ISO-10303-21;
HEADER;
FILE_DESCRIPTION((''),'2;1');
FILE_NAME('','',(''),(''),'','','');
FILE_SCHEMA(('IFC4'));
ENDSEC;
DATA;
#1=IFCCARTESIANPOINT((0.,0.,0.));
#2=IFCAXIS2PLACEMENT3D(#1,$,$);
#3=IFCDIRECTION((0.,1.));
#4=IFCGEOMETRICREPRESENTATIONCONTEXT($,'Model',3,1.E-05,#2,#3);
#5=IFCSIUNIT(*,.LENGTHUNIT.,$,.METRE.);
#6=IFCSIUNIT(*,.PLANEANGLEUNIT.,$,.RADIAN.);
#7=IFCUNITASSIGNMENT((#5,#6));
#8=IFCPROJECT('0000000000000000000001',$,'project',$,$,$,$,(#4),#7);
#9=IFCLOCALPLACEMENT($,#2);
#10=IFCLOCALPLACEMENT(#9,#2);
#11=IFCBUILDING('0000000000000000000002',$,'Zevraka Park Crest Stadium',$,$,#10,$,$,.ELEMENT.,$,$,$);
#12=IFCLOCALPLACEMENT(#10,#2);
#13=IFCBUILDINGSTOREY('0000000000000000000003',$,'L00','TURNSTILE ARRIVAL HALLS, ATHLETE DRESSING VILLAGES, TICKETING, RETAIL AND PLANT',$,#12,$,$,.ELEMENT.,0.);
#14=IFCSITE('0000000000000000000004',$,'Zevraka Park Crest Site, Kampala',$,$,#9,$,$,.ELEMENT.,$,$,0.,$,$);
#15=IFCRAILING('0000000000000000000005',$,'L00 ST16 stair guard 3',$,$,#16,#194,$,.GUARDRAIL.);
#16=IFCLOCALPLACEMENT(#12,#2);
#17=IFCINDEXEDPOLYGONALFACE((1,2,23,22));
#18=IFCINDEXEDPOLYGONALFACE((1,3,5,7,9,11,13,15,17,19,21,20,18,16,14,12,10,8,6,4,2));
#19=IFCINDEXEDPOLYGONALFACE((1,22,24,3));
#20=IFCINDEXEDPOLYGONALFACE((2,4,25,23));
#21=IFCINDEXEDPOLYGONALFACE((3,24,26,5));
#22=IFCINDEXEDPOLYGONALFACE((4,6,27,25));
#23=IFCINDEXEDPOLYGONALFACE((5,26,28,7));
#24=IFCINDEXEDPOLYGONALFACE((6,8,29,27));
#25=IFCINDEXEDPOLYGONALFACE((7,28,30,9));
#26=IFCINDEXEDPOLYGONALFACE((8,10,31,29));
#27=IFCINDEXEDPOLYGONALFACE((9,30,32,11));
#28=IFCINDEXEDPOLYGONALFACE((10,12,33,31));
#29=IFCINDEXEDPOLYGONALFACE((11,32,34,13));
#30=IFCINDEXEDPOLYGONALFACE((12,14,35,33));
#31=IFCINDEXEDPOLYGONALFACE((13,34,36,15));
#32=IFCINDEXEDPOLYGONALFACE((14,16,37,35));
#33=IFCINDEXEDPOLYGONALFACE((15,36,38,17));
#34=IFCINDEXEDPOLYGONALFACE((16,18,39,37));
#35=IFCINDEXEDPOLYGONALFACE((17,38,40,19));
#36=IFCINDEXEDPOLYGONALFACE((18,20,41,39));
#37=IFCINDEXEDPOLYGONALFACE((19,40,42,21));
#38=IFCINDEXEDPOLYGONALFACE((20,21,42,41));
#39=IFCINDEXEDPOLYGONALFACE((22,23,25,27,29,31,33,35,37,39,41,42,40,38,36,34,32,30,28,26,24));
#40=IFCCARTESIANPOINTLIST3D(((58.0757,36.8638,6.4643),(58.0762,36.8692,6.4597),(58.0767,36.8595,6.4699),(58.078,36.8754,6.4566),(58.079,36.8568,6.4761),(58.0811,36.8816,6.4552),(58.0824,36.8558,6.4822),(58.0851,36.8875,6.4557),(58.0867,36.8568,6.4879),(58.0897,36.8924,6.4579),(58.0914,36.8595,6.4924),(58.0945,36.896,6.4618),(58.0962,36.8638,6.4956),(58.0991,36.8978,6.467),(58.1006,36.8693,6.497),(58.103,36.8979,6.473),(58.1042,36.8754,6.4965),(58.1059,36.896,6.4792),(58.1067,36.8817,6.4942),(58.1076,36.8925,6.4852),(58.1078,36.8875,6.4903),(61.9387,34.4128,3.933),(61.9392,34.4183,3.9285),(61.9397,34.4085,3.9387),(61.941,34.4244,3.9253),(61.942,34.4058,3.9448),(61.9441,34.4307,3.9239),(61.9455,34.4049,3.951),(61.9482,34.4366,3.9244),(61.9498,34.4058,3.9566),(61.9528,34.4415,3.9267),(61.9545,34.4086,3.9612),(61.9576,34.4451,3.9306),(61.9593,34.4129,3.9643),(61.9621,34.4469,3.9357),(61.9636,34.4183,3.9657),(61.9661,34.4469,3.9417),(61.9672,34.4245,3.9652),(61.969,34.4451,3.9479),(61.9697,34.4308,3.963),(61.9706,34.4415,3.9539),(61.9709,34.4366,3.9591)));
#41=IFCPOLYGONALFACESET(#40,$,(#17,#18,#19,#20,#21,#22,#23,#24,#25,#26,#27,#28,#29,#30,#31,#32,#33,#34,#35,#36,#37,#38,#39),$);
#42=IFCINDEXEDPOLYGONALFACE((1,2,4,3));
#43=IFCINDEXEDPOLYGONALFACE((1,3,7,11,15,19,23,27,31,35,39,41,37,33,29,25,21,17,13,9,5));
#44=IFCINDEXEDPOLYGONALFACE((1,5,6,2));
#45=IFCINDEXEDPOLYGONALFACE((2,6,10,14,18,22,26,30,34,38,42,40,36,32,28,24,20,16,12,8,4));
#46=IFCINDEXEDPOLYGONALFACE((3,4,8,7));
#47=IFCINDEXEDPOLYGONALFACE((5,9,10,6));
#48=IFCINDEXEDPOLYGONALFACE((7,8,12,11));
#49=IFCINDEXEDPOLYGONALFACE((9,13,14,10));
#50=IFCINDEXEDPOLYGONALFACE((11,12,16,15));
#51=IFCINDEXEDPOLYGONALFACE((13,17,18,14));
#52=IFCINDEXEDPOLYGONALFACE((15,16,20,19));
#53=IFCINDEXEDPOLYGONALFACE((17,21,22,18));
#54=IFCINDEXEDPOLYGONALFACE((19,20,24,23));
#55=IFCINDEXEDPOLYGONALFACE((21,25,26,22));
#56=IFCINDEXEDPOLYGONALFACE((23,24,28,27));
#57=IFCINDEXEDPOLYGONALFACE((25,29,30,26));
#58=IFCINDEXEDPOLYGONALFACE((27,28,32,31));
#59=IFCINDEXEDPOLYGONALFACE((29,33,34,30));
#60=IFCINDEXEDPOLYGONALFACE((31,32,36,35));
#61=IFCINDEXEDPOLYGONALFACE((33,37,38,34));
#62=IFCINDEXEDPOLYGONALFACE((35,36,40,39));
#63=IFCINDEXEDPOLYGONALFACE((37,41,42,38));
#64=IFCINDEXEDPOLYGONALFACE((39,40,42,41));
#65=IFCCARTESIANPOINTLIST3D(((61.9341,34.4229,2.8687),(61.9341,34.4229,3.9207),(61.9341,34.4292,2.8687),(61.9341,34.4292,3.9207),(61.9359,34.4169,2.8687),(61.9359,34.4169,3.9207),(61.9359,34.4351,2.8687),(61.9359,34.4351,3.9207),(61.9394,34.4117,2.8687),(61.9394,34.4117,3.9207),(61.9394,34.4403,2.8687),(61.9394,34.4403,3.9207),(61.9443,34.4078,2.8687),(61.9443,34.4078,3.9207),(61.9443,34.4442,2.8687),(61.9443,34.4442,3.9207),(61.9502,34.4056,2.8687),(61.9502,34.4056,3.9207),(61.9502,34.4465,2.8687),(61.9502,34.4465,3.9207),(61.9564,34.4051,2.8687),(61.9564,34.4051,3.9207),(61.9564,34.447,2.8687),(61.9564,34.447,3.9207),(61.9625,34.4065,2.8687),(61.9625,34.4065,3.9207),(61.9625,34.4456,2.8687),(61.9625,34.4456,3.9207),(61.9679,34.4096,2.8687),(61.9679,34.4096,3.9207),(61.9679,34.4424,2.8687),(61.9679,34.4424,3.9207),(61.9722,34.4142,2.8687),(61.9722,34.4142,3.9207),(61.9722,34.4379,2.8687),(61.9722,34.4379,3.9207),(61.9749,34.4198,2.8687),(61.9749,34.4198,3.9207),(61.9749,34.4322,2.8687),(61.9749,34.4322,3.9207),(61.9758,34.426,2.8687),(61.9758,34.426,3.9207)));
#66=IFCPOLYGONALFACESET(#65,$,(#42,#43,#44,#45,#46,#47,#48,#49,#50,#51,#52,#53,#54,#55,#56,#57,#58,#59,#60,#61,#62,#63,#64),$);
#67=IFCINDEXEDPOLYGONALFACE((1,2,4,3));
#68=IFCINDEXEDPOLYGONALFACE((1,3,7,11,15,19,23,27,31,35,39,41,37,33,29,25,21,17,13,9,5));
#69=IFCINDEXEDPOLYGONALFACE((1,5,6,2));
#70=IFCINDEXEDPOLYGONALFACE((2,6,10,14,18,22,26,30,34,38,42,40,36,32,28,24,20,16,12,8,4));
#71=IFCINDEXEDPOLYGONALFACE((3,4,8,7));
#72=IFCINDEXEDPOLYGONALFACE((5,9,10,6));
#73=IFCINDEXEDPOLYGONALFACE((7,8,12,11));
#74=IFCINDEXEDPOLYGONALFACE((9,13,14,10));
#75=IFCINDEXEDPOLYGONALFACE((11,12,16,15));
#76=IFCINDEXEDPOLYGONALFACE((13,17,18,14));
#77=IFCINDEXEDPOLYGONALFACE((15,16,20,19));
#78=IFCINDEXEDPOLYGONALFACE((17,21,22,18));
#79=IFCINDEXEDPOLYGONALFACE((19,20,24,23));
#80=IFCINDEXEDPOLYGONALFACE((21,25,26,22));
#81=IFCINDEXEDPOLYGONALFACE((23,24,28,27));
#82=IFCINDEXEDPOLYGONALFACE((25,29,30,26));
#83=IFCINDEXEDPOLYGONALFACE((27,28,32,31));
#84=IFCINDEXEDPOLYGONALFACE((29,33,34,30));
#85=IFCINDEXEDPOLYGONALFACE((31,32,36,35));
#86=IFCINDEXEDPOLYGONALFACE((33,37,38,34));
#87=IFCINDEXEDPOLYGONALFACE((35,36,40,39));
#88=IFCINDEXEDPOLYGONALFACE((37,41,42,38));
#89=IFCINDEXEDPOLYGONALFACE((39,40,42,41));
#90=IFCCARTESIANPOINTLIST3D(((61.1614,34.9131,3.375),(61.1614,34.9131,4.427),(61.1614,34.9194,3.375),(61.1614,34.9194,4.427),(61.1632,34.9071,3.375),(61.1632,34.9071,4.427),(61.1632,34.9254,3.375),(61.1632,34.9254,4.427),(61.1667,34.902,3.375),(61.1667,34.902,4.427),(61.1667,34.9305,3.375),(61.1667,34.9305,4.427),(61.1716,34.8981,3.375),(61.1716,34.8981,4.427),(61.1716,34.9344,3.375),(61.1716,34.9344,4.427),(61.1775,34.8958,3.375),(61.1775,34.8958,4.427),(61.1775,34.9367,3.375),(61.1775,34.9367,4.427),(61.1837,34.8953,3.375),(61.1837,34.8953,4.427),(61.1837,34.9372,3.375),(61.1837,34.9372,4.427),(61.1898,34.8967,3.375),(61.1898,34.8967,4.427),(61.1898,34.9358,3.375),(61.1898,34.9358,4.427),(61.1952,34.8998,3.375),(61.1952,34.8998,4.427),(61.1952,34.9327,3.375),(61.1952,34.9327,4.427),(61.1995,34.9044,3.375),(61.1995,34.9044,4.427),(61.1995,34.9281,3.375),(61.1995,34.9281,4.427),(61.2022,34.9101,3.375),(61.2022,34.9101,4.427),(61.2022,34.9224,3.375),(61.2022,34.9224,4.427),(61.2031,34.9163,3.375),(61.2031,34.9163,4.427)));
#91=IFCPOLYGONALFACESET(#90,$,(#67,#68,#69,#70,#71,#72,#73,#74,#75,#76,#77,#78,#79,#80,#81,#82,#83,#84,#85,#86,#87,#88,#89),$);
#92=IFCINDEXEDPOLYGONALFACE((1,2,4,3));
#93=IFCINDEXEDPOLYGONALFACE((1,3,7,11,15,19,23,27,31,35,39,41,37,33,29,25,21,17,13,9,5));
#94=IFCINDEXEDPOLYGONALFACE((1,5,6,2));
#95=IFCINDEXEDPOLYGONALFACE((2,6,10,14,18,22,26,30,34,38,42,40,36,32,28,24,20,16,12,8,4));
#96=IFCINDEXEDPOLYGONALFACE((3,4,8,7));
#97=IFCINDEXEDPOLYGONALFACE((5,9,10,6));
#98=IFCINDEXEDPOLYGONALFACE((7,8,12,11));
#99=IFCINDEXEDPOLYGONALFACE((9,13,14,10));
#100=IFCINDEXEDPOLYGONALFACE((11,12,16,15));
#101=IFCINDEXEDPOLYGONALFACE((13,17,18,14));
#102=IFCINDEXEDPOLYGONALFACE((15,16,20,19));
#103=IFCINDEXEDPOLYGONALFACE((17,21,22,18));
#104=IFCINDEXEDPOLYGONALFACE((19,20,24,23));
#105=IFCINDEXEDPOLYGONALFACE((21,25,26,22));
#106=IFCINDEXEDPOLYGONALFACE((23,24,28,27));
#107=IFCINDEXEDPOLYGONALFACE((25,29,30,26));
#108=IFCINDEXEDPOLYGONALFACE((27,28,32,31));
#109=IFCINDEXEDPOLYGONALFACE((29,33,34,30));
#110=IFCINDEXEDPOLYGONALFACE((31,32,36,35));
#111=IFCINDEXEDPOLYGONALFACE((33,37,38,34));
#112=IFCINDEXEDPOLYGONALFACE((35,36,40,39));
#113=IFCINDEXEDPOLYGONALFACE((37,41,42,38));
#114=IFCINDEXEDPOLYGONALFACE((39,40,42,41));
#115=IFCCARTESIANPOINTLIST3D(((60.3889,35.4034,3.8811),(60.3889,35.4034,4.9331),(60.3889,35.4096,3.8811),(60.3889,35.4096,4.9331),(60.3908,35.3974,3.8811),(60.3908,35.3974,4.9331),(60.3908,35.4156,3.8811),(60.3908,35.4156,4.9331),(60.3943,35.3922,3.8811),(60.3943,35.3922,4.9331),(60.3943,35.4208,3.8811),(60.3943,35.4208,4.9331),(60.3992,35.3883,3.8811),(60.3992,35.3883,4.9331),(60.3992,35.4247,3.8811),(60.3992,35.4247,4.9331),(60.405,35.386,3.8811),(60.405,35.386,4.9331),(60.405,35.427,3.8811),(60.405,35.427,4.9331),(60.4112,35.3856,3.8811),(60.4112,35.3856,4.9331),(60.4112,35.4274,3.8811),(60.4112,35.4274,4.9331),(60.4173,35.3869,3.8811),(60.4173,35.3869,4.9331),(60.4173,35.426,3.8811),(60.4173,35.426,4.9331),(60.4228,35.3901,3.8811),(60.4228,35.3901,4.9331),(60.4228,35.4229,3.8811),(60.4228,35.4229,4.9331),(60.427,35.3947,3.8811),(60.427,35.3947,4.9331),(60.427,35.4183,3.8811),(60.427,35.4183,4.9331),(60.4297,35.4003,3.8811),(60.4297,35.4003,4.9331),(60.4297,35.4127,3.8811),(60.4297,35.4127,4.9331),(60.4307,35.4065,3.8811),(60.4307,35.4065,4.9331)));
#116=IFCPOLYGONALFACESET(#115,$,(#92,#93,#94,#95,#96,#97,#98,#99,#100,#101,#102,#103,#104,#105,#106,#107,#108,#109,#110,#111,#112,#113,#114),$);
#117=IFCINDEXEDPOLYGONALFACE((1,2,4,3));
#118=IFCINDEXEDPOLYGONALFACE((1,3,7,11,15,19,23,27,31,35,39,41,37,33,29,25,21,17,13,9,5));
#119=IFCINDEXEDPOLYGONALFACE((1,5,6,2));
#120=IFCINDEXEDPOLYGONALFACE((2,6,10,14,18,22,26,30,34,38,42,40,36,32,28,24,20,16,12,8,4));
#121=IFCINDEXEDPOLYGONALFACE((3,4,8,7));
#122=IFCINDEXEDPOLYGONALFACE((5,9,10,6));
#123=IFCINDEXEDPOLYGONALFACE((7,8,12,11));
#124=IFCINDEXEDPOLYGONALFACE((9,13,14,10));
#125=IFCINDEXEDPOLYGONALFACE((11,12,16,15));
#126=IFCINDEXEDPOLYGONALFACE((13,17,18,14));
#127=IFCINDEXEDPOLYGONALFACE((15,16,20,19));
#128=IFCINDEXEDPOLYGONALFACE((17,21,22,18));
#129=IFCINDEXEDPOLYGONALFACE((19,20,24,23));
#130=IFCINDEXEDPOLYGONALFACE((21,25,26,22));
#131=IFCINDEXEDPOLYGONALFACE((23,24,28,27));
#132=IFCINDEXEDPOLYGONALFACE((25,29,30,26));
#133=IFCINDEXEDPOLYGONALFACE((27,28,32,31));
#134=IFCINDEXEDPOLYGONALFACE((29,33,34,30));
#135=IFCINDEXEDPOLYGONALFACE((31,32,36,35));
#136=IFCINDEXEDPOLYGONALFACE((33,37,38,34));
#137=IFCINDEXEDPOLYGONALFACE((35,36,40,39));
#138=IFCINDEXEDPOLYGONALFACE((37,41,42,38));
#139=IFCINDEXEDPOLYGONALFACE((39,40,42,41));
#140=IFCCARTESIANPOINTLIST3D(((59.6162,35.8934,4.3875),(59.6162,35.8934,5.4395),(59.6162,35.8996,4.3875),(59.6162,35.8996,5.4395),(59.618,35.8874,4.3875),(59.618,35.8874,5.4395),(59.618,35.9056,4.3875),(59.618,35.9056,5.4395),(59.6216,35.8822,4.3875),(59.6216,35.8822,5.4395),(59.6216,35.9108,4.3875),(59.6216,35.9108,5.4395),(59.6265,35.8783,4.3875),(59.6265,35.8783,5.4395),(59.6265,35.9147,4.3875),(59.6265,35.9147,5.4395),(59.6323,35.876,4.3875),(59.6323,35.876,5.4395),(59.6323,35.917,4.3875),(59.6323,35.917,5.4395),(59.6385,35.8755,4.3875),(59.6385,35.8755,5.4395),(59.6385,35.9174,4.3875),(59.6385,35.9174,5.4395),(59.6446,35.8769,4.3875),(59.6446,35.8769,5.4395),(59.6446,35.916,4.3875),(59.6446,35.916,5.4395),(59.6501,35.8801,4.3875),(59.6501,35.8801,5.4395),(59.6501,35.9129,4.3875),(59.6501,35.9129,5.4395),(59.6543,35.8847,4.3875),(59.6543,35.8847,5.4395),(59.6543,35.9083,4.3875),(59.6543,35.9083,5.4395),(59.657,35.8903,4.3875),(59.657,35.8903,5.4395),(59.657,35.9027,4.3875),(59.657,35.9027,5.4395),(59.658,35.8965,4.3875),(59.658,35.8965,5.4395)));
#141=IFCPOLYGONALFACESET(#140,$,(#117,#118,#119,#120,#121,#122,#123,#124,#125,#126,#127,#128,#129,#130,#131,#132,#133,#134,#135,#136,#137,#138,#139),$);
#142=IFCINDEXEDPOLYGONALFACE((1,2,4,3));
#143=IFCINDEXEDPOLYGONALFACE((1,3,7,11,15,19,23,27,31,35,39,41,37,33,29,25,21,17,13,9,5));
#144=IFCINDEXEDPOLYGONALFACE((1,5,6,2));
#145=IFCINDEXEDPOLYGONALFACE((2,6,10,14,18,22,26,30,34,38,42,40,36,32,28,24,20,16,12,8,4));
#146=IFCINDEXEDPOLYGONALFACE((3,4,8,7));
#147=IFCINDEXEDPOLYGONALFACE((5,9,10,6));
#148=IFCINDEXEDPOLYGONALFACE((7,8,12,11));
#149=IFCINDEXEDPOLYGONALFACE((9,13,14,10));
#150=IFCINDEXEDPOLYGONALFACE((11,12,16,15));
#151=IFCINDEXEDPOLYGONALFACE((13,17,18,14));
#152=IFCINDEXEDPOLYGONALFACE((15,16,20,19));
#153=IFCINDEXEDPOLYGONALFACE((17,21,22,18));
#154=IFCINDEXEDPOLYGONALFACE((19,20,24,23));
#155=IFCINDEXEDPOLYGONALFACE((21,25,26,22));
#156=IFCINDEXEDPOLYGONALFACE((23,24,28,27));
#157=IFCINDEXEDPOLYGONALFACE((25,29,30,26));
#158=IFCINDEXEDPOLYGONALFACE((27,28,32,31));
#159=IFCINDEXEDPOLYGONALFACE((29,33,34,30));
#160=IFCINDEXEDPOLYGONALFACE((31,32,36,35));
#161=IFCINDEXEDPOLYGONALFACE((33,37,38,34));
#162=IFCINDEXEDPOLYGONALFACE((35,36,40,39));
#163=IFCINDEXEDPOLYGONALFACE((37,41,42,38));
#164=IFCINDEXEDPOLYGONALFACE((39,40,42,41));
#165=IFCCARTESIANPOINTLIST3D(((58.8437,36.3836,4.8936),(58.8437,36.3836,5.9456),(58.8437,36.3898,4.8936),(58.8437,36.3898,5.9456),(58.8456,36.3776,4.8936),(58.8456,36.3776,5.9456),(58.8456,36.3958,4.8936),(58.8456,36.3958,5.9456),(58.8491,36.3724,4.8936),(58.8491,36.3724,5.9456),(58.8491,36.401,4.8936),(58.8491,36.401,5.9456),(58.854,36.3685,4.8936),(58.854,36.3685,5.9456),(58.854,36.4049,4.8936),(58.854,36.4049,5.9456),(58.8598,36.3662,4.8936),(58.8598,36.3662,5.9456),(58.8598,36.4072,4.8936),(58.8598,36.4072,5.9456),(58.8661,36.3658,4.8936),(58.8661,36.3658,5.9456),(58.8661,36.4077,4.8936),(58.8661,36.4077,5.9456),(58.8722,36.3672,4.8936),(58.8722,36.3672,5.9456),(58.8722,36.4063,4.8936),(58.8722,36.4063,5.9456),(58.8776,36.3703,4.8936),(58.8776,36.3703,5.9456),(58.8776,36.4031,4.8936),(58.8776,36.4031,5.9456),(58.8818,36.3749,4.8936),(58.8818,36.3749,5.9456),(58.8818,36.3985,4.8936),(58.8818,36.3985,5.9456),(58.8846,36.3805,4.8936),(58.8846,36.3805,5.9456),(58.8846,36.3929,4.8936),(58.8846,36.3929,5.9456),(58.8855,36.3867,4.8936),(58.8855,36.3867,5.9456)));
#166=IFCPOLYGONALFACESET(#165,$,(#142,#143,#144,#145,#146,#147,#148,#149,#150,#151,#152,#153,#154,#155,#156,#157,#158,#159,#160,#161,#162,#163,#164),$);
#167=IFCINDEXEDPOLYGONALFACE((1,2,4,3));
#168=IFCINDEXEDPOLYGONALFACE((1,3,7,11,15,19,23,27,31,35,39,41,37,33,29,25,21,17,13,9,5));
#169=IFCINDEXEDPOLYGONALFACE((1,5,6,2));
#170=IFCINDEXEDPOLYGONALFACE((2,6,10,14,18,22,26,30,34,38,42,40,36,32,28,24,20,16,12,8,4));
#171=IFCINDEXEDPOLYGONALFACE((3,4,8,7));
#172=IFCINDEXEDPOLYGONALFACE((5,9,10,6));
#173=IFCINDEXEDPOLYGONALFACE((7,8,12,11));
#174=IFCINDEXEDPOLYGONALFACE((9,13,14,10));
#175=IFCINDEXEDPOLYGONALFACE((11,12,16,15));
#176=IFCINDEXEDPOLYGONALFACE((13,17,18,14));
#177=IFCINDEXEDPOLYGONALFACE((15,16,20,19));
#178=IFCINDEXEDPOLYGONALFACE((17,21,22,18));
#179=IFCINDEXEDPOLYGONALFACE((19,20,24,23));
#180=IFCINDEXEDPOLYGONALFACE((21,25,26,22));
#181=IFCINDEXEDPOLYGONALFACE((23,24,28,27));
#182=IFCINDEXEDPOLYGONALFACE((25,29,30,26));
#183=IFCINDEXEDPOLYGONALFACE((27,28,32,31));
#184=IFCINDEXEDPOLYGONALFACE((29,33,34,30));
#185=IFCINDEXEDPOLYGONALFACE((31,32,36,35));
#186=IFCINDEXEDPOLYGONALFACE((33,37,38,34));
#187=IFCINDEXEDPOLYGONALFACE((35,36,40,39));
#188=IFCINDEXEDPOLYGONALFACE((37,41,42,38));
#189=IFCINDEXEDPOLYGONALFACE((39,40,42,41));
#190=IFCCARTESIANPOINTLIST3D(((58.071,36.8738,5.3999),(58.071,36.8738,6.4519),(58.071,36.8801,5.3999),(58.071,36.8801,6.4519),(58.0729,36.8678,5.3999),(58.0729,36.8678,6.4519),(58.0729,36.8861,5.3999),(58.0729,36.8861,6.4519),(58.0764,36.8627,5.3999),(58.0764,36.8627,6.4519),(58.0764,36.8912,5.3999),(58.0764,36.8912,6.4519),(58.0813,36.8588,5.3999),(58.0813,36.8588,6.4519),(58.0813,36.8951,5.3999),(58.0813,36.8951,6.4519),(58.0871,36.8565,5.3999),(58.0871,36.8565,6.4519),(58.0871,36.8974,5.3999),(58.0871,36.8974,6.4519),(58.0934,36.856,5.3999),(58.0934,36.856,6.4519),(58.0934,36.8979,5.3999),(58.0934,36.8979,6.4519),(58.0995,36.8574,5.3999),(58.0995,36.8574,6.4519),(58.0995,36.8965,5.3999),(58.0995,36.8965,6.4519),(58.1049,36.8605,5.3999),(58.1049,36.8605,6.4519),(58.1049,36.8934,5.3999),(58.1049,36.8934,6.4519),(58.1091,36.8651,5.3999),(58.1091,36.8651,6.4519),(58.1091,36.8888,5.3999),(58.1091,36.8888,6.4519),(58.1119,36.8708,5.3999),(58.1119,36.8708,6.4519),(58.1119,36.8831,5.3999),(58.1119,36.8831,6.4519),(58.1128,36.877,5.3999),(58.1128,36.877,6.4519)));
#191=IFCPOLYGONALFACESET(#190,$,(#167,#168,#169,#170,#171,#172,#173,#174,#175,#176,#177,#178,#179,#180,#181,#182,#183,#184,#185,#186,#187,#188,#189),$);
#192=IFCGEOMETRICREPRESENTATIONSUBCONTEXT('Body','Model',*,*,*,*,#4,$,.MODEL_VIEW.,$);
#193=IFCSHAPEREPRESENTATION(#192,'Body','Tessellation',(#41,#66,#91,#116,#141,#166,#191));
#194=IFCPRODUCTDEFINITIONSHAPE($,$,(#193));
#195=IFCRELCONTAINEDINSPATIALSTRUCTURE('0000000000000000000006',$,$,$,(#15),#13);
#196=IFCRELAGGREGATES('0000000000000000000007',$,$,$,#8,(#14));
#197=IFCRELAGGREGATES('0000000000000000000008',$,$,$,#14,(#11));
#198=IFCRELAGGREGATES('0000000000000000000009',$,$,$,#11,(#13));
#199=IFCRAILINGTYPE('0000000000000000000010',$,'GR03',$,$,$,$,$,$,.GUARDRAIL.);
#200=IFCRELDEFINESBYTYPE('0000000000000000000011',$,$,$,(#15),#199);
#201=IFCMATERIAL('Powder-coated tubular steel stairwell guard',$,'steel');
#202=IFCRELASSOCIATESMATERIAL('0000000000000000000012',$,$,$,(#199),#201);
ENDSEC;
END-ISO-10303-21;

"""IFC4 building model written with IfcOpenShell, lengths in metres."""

from ifc_helpers import new_model, si_unit, direction, frame, origin, origin_2d, place, context, subcontext, project, spatial, circle, extrude, material, type_object, element, save


model = new_model("IFC4")

# Units and contexts
model_context = context("Model", 3, precision=1e-05, world=origin(), true_north=direction((0.0, 1.0)))
body_context = subcontext(model_context, "Body", "Model", "MODEL_VIEW")
ifc_project = project(units=[si_unit("LENGTHUNIT", "METRE"), si_unit("PLANEANGLEUNIT", "RADIAN")], contexts=[model_context])

# Site, building, storey
site_placement = place(None, origin())
site = spatial("IfcSite", under=ifc_project, at=site_placement, Name="Zevraka Park Crest Site, Kampala", CompositionType="ELEMENT", RefElevation=0.0)
building_placement = place(site_placement, origin())
building = spatial("IfcBuilding", under=site, at=building_placement, Name="Zevraka Park Crest Stadium", CompositionType="ELEMENT")
storey_placement = place(building_placement, origin())
storey = spatial("IfcBuildingStorey", under=building, at=storey_placement, Name="L00", Description="TURNSTILE ARRIVAL HALLS, ATHLETE DRESSING VILLAGES, TICKETING, RETAIL AND PLANT", CompositionType="ELEMENT", Elevation=0.0)

# Railing
ifc_material_1 = material(Name="Powder-coated tubular steel stairwell guard", Category="steel")
railing_type_1 = type_object("IfcRailingType", Name="GR03", PredefinedType="GUARDRAIL", material=ifc_material_1)
railing_1_placement = place(storey_placement, frame((61.9548, 34.426, 2.8687)))
element("IfcRailing", 1, at=railing_1_placement, inside=storey, type_object=railing_type_1, Name="L00 ST16 stair guard 3", PredefinedType="GUARDRAIL", context=body_context, shape_type="SweptSolid", body=[
    extrude(circle(Radius=0.0239, at=origin_2d()), frame((0.0, 0.0, 1.0762), z_axis=(-0.738841, 0.468762, 0.484124), x_axis=(-0.535729, -0.84439, 0.0)), (0.0, 0.0, 1.0), 5.2285),
    extrude(circle(Radius=0.021, at=origin_2d()), origin(), (0.0, 0.0, 1.0), 1.052),
    extrude(circle(Radius=0.021, at=origin_2d()), frame((-0.7727, 0.4902, 0.5063)), (0.0, 0.0, 1.0), 1.052),
    extrude(circle(Radius=0.021, at=origin_2d()), frame((-1.5452, 0.9805, 1.0125)), (0.0, 0.0, 1.0), 1.052),
    extrude(circle(Radius=0.021, at=origin_2d()), frame((-2.3179, 1.4705, 1.5188)), (0.0, 0.0, 1.0), 1.052),
    extrude(circle(Radius=0.021, at=origin_2d()), frame((-3.0903, 1.9607, 2.0249)), (0.0, 0.0, 1.0), 1.052),
    extrude(circle(Radius=0.021, at=origin_2d()), frame((-3.863, 2.4509, 2.5312)), (0.0, 0.0, 1.0), 1.052),
])

save(model, "model.ifc")
